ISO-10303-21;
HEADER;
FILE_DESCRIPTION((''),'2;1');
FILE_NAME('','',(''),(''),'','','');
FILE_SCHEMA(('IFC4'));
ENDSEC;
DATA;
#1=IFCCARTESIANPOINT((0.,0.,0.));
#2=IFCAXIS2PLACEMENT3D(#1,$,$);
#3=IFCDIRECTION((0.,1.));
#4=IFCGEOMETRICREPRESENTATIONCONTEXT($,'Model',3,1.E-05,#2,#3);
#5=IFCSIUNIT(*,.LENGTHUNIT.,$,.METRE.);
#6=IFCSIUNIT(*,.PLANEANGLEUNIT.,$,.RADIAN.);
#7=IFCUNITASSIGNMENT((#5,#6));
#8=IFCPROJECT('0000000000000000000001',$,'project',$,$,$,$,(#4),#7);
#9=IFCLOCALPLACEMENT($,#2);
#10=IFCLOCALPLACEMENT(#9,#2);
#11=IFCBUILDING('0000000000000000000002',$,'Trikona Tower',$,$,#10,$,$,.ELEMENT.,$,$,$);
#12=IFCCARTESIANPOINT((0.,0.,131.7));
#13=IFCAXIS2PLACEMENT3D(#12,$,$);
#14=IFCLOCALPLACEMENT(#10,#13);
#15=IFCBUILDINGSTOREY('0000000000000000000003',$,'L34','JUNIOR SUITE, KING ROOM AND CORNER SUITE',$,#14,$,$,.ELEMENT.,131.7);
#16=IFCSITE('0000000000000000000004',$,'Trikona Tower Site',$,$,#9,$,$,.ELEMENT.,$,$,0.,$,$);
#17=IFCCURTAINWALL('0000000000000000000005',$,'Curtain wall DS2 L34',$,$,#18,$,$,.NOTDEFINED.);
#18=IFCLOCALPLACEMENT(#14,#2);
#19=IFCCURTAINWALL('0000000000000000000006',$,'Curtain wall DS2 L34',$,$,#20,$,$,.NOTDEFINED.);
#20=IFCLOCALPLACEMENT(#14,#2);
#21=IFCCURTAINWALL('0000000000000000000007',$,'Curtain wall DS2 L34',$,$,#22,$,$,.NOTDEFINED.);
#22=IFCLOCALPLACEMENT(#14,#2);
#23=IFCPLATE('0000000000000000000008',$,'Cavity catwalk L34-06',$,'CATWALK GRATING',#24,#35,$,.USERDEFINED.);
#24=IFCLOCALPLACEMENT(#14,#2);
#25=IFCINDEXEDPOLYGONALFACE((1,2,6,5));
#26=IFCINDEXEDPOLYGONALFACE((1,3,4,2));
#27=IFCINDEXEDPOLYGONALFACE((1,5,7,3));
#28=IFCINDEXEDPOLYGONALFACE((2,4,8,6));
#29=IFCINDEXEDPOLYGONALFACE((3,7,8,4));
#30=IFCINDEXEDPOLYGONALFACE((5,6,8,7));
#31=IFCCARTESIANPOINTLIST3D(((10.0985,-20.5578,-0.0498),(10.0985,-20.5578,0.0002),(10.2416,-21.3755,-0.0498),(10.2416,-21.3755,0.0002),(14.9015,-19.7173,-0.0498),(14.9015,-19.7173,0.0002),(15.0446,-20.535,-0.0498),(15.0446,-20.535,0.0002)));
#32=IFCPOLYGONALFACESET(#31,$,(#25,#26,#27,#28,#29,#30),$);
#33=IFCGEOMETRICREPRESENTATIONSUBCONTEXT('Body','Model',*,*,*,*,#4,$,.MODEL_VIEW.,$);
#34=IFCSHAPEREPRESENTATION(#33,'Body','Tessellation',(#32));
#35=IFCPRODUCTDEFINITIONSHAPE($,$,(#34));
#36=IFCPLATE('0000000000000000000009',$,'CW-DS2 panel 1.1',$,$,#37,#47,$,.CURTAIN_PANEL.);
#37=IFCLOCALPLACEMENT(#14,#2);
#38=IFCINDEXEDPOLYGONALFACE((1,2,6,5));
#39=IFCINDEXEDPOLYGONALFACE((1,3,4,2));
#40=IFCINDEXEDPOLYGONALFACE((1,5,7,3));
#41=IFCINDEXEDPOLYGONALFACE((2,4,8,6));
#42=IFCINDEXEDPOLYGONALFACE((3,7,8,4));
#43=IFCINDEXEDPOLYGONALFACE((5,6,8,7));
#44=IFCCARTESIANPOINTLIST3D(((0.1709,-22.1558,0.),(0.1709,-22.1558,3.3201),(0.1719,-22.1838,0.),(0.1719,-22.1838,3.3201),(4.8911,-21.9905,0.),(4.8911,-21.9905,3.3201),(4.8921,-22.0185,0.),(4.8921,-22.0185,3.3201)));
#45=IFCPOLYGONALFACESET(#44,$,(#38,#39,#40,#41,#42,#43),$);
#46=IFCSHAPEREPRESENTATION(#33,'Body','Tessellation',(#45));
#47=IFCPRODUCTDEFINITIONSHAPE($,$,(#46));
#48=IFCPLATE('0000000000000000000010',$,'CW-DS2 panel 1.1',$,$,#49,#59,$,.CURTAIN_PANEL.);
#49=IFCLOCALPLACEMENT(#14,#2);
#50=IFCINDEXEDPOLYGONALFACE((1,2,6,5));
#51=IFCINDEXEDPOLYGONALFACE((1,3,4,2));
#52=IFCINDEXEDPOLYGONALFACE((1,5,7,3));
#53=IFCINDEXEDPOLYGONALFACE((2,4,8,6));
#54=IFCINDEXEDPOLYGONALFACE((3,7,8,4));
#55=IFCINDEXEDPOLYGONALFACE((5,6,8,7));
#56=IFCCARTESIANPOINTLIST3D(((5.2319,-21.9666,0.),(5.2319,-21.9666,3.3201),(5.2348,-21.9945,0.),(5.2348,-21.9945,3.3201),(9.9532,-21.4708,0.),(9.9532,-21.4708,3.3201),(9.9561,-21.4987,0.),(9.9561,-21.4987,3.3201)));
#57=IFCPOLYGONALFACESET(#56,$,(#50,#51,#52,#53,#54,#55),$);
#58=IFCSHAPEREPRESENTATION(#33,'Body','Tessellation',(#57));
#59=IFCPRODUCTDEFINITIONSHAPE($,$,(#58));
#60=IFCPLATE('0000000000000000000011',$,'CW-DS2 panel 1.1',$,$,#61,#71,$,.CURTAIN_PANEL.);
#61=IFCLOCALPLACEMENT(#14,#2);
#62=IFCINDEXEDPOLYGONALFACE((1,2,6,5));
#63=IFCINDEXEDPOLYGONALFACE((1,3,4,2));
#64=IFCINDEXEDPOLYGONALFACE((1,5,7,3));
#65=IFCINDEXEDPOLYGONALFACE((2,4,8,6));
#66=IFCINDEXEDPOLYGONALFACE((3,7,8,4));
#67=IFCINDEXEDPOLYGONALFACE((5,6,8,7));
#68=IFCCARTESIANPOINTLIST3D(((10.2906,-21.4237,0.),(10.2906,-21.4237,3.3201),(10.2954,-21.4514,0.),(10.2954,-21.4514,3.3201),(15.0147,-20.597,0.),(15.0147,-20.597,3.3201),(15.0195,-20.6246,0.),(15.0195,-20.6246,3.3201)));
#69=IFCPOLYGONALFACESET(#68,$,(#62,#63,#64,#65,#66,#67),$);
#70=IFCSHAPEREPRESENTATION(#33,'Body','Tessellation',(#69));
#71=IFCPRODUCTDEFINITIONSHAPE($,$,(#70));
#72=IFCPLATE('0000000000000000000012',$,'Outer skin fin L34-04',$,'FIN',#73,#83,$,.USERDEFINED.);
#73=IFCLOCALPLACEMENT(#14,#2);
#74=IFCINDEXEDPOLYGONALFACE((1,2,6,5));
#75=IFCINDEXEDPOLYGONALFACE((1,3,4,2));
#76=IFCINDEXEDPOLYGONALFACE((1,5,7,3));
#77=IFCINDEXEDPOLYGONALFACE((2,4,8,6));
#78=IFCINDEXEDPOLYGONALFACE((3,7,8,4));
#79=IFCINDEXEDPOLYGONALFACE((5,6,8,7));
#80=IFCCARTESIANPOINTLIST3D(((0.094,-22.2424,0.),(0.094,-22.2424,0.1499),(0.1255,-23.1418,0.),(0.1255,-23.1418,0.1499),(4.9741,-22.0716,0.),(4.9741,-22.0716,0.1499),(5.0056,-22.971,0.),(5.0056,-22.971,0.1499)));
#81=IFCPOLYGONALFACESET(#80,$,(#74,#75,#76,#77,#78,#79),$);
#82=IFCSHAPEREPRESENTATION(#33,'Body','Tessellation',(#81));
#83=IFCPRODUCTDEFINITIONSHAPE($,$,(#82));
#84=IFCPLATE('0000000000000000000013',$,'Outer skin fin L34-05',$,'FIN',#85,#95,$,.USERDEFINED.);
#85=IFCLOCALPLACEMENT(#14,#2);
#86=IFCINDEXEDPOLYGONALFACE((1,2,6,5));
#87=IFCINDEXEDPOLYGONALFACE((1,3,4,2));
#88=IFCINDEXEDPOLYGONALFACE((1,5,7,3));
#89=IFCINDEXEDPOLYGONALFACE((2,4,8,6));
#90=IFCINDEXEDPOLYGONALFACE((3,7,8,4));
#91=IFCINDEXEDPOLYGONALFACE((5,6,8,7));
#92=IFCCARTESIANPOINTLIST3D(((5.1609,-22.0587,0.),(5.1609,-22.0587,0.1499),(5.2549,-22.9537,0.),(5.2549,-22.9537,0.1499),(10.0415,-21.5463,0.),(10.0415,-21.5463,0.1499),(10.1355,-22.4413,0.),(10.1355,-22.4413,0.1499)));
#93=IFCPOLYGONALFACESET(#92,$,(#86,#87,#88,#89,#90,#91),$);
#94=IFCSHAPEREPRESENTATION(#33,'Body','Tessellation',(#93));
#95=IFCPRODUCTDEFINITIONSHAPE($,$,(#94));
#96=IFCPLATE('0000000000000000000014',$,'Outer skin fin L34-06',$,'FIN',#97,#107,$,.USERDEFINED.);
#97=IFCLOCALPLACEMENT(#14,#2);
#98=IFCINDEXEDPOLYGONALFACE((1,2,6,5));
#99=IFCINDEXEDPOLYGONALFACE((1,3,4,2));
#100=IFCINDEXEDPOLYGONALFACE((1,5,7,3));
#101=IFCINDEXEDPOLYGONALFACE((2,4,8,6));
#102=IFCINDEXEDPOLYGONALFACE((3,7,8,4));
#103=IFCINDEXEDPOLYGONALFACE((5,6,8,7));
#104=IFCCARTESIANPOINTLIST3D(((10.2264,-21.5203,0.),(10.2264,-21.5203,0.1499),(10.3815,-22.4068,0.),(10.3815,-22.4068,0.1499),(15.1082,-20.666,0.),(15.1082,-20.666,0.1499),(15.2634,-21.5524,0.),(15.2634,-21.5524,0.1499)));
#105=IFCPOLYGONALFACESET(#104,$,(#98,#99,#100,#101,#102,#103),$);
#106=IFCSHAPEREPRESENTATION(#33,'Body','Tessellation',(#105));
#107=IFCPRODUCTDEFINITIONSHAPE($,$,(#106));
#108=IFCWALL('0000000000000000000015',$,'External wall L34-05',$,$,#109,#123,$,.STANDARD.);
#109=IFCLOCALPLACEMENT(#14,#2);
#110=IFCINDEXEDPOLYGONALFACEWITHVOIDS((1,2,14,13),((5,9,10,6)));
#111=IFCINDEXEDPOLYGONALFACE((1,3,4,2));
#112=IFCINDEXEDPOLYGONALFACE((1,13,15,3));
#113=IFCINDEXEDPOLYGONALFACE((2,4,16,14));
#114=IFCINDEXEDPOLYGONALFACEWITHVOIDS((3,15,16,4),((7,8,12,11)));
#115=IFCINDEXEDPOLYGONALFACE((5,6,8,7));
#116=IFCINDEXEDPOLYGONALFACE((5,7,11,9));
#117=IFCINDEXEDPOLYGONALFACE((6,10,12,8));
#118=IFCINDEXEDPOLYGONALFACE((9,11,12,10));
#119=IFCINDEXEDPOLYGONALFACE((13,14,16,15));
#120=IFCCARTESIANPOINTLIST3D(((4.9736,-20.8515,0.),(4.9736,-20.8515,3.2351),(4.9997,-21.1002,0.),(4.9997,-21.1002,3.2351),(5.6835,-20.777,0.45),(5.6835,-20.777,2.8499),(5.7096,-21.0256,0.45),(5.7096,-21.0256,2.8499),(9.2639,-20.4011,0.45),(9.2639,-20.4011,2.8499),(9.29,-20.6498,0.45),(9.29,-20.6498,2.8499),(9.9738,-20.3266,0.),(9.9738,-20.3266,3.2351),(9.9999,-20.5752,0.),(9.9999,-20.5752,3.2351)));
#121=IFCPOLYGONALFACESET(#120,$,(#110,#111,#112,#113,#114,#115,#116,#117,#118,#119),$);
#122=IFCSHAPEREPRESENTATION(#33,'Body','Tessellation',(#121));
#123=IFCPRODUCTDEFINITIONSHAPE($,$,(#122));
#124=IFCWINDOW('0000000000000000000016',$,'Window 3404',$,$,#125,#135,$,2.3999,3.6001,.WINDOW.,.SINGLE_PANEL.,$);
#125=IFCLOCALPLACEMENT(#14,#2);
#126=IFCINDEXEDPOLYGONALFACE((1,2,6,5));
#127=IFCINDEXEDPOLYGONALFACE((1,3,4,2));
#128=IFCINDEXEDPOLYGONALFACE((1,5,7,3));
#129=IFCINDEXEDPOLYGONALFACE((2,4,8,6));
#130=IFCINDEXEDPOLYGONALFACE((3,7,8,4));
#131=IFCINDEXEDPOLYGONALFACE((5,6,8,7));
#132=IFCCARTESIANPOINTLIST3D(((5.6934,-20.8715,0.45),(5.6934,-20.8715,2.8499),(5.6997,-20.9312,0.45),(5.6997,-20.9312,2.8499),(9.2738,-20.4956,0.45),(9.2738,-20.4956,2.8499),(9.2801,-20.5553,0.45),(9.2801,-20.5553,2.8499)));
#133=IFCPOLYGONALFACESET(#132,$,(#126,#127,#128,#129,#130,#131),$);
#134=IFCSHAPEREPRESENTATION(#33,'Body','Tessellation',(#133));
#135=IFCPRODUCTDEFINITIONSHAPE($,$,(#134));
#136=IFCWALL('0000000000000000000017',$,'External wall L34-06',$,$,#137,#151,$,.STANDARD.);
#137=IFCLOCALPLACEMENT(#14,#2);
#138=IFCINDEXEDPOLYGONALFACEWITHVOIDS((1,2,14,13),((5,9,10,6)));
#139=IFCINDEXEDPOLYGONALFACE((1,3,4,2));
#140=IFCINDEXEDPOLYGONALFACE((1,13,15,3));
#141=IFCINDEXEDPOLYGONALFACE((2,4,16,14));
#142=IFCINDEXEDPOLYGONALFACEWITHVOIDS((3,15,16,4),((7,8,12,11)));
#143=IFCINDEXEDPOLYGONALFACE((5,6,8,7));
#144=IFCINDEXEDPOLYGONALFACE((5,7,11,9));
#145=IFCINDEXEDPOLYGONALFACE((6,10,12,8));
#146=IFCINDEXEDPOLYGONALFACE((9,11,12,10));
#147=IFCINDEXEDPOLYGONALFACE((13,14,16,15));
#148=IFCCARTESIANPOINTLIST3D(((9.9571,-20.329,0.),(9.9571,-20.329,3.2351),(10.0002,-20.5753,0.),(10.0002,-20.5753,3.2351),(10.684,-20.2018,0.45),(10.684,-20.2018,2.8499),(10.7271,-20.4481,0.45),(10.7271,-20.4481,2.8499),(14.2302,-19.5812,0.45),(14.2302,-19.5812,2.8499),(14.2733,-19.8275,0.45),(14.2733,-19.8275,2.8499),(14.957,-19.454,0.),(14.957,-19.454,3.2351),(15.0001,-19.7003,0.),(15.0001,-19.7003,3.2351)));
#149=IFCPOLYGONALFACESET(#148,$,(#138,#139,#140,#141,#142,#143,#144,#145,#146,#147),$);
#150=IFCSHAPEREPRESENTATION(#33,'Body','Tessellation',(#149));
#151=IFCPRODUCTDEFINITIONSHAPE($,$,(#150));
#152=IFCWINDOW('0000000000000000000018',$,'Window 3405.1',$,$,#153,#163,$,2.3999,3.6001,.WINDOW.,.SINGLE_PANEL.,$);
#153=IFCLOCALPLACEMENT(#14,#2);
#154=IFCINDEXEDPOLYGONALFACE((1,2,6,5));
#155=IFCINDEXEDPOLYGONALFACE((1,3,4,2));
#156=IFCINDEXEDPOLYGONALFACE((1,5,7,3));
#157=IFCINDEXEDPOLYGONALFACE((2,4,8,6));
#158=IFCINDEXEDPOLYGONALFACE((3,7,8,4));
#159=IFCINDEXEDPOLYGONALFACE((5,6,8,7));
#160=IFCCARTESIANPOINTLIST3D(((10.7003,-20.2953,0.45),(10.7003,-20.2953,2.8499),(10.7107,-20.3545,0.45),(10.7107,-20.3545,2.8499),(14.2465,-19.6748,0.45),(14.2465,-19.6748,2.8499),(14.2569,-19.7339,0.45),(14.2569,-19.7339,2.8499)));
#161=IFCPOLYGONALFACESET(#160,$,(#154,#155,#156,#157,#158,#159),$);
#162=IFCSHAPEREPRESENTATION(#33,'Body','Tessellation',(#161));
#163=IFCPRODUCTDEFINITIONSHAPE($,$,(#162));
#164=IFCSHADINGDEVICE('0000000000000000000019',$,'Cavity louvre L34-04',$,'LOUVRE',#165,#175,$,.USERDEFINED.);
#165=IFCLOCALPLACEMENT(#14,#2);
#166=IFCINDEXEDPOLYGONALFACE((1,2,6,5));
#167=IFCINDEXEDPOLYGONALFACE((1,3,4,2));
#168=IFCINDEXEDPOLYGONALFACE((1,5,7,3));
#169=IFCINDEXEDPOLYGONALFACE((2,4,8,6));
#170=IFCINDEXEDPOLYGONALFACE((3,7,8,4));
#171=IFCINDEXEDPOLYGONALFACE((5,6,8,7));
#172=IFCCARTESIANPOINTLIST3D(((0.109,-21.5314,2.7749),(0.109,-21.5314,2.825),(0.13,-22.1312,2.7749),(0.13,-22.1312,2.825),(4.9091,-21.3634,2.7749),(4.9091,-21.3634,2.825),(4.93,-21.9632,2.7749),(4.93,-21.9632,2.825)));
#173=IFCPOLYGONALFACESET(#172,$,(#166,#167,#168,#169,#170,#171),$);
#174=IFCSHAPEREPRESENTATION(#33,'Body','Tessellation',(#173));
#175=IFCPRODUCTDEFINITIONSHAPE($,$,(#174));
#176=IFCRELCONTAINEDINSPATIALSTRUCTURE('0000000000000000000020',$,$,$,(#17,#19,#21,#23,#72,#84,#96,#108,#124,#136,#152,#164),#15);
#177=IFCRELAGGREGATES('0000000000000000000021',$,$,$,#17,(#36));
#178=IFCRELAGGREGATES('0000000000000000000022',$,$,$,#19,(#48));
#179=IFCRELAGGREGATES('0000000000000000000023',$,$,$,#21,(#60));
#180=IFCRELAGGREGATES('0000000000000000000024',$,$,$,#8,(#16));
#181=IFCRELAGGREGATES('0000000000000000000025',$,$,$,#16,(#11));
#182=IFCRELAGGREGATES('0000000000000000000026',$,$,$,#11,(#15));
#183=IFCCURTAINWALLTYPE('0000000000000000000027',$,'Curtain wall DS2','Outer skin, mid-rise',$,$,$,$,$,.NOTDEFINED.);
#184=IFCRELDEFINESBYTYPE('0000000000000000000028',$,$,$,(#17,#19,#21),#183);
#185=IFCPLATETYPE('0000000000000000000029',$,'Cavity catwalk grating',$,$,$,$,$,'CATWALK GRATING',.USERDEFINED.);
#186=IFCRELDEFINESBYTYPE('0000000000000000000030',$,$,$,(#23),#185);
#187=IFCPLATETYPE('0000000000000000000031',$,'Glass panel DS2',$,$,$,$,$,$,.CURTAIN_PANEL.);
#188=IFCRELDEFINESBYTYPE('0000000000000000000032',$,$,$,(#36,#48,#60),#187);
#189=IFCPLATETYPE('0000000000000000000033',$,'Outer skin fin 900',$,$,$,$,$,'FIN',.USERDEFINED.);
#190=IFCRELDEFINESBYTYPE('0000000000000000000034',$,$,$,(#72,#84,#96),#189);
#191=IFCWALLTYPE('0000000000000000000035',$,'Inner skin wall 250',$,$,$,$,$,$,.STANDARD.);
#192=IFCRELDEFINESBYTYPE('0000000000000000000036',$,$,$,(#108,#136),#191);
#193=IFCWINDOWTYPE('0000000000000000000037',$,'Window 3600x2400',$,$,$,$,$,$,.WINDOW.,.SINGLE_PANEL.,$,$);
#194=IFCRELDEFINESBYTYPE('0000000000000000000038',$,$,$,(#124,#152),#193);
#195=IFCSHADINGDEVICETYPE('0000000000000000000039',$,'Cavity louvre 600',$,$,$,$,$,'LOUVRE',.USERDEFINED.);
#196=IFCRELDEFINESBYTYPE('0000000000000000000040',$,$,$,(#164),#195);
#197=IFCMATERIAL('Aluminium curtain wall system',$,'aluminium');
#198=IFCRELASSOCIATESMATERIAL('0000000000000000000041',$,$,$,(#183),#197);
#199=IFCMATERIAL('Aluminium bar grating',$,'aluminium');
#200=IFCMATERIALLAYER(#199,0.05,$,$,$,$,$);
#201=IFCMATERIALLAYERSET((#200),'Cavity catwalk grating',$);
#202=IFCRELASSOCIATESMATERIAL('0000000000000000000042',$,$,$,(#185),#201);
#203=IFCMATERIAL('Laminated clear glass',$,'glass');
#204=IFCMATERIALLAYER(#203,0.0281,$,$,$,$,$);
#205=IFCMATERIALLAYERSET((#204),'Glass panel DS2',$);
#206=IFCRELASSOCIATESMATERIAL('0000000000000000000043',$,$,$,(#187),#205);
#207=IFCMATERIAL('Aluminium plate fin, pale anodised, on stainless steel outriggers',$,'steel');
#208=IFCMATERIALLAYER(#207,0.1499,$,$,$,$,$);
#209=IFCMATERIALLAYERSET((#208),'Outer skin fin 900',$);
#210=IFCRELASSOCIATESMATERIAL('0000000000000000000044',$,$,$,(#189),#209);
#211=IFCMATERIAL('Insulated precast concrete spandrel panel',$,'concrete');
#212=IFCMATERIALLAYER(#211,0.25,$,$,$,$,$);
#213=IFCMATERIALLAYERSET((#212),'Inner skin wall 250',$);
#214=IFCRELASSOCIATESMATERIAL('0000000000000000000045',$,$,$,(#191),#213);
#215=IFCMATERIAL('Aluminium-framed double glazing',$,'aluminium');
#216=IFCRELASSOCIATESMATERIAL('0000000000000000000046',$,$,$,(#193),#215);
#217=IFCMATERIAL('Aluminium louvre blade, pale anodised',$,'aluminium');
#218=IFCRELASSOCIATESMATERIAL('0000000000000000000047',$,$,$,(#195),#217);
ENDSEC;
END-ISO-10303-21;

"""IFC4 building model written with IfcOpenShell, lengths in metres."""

from ifc_helpers import new_model, si_unit, direction, frame, frame_2d, origin, origin_2d, place, context, subcontext, project, spatial, rectangle, extrude, material, layer, layer_set, type_object, element, fill, aggregate, save


model = new_model("IFC4")

# Units and contexts
model_context = context("Model", 3, precision=1e-05, world=origin(), true_north=direction((0.0, 1.0)))
body_context = subcontext(model_context, "Body", "Model", "MODEL_VIEW")
ifc_project = project(units=[si_unit("LENGTHUNIT", "METRE"), si_unit("PLANEANGLEUNIT", "RADIAN")], contexts=[model_context])

# Site, building, storey
site_placement = place(None, origin())
site = spatial("IfcSite", under=ifc_project, at=site_placement, Name="Trikona Tower Site", CompositionType="ELEMENT", RefElevation=0.0)
building_placement = place(site_placement, origin())
building = spatial("IfcBuilding", under=site, at=building_placement, Name="Trikona Tower", CompositionType="ELEMENT")
storey_placement = place(building_placement, frame((0.0, 0.0, 131.7)))
storey = spatial("IfcBuildingStorey", under=building, at=storey_placement, Name="L34", Description="JUNIOR SUITE, KING ROOM AND CORNER SUITE", CompositionType="ELEMENT", Elevation=131.7)

# Curtain walls
ifc_material_1 = material(Name="Aluminium curtain wall system", Category="aluminium")
curtain_wall_type = type_object("IfcCurtainWallType", Name="Curtain wall DS2", Description="Outer skin, mid-rise", PredefinedType="NOTDEFINED", material=ifc_material_1)
curtain_wall_1_placement = place(storey_placement, origin())
curtain_wall_1 = element("IfcCurtainWall", 1, at=curtain_wall_1_placement, inside=storey, type_object=curtain_wall_type, Name="Curtain wall DS2 L34", PredefinedType="NOTDEFINED")
curtain_wall_2_placement = place(storey_placement, origin())
curtain_wall_2 = element("IfcCurtainWall", 2, at=curtain_wall_2_placement, inside=storey, type_object=curtain_wall_type, Name="Curtain wall DS2 L34", PredefinedType="NOTDEFINED")

# Curtain wall
curtain_wall_3_placement = place(storey_placement, origin())
curtain_wall_3 = element("IfcCurtainWall", 3, at=curtain_wall_3_placement, inside=storey, type_object=curtain_wall_type, Name="Curtain wall DS2 L34", PredefinedType="NOTDEFINED")

# Plate
ifc_material_2 = material(Name="Aluminium bar grating", Category="aluminium")
ifc_layer_1 = layer(ifc_material_2, 0.05)
ifc_layer_set_1 = layer_set([ifc_layer_1], Name="Cavity catwalk grating")
plate_type_1 = type_object("IfcPlateType", Name="Cavity catwalk grating", ElementType="CATWALK GRATING", PredefinedType="USERDEFINED", material=ifc_layer_set_1)
plate_1_placement = place(storey_placement, frame((12.5715, -20.5464, -0.0498), z_axis=(0.0, 0.0, 1.0), x_axis=(0.985031, 0.17238, 0.0)))
element("IfcPlate", 4, at=plate_1_placement, inside=storey, type_object=plate_type_1, Name="Cavity catwalk L34-06", ObjectType="CATWALK GRATING", PredefinedType="USERDEFINED", context=body_context, shape_type="SweptSolid", body=[
    extrude(rectangle(XDim=4.876, YDim=0.8301, at=origin_2d()), origin(), (0.0, 0.0, 1.0), 0.05),
])

# Plates
ifc_material_3 = material(Name="Laminated clear glass", Category="glass")
ifc_layer_2 = layer(ifc_material_3, 0.0281)
ifc_layer_set_2 = layer_set([ifc_layer_2], Name="Glass panel DS2")
plate_type_2 = type_object("IfcPlateType", Name="Glass panel DS2", PredefinedType="CURTAIN_PANEL", material=ifc_layer_set_2)
plate_2_placement = place(storey_placement, frame((2.5315, -22.0872, 0.0), z_axis=(0.0, 0.0, 1.0), x_axis=(0.999387, 0.034998, 0.0)))
plate_2 = element("IfcPlate", 5, at=plate_2_placement, type_object=plate_type_2, Name="CW-DS2 panel 1.1", PredefinedType="CURTAIN_PANEL", context=body_context, shape_type="SweptSolid", body=[
    extrude(rectangle(XDim=4.7231, YDim=0.0281, at=origin_2d()), origin(), (0.0, 0.0, 1.0), 3.3201),
])
aggregate(curtain_wall_1, [plate_2])
plate_3_placement = place(storey_placement, frame((7.594, -21.7327, 0.0), z_axis=(0.0, 0.0, 1.0), x_axis=(0.994532, 0.104433, 0.0)))
plate_3 = element("IfcPlate", 6, at=plate_3_placement, type_object=plate_type_2, Name="CW-DS2 panel 1.1", PredefinedType="CURTAIN_PANEL", context=body_context, shape_type="SweptSolid", body=[
    extrude(rectangle(XDim=4.7473, YDim=0.0281, at=origin_2d()), origin(), (0.0, 0.0, 1.0), 3.3201),
])
aggregate(curtain_wall_2, [plate_3])
plate_4_placement = place(storey_placement, frame((12.655, -21.0242, 0.0), z_axis=(0.0, 0.0, 1.0), x_axis=(0.985031, 0.172377, 0.0)))
plate_4 = element("IfcPlate", 7, at=plate_4_placement, type_object=plate_type_2, Name="CW-DS2 panel 1.1", PredefinedType="CURTAIN_PANEL", context=body_context, shape_type="SweptSolid", body=[
    extrude(rectangle(XDim=4.7959, YDim=0.0281, at=origin_2d()), origin(), (0.0, 0.0, 1.0), 3.3201),
])
aggregate(curtain_wall_3, [plate_4])

# Plates
ifc_material_4 = material(Name="Aluminium plate fin, pale anodised, on stainless steel outriggers", Category="steel")
ifc_layer_3 = layer(ifc_material_4, 0.1499)
ifc_layer_set_3 = layer_set([ifc_layer_3], Name="Outer skin fin 900")
plate_type_3 = type_object("IfcPlateType", Name="Outer skin fin 900", ElementType="FIN", PredefinedType="USERDEFINED", material=ifc_layer_set_3)
plate_5_placement = place(storey_placement, frame((2.5498, -22.6067, 0.0), z_axis=(0.0, 0.0, 1.0), x_axis=(0.999388, 0.034978, 0.0)))
element("IfcPlate", 8, at=plate_5_placement, inside=storey, type_object=plate_type_3, Name="Outer skin fin L34-04", ObjectType="FIN", PredefinedType="USERDEFINED", context=body_context, shape_type="SweptSolid", body=[
    extrude(rectangle(XDim=4.8831, YDim=0.8999, at=origin_2d()), origin(), (0.0, 0.0, 1.0), 0.1499),
])
plate_6_placement = place(storey_placement, frame((7.6482, -22.25, 0.0), z_axis=(0.0, 0.0, 1.0), x_axis=(0.994533, 0.104426, 0.0)))
element("IfcPlate", 9, at=plate_6_placement, inside=storey, type_object=plate_type_3, Name="Outer skin fin L34-05", ObjectType="FIN", PredefinedType="USERDEFINED", context=body_context, shape_type="SweptSolid", body=[
    extrude(rectangle(XDim=4.9075, YDim=0.8999, at=origin_2d()), origin(), (0.0, 0.0, 1.0), 0.1499),
])
plate_7_placement = place(storey_placement, frame((12.7449, -21.5364, 0.0), z_axis=(0.0, 0.0, 1.0), x_axis=(0.985031, 0.17238, 0.0)))
element("IfcPlate", 10, at=plate_7_placement, inside=storey, type_object=plate_type_3, Name="Outer skin fin L34-06", ObjectType="FIN", PredefinedType="USERDEFINED", context=body_context, shape_type="SweptSolid", body=[
    extrude(rectangle(XDim=4.9561, YDim=0.8999, at=origin_2d()), origin(), (0.0, 0.0, 1.0), 0.1499),
])

# Walls, openings, windows
ifc_material_5 = material(Name="Insulated precast concrete spandrel panel", Category="concrete")
ifc_layer_4 = layer(ifc_material_5, 0.25)
ifc_layer_set_4 = layer_set([ifc_layer_4], Name="Inner skin wall 250")
wall_type = type_object("IfcWallType", Name="Inner skin wall 250", PredefinedType="STANDARD", material=ifc_layer_set_4)
wall_1_placement = place(storey_placement, frame((4.9868, -20.9758, 0.0), z_axis=(0.0, 0.0, 1.0), x_axis=(0.994535, 0.104407, 0.0)))
wall_1 = element("IfcWall", 11, at=wall_1_placement, inside=storey, type_object=wall_type, Name="External wall L34-05", PredefinedType="STANDARD", context=body_context, shape_type="SweptSolid", body=[
    extrude(rectangle(XDim=5.0276, YDim=0.25, at=frame_2d((2.5137, 0.0))), origin(), (0.0, 0.0, 1.0), 3.2351),
])
opening_1_placement = place(wall_1_placement, frame((0.7136, 0.0, 0.45)))
opening_1 = element("IfcOpeningElement", 12, at=opening_1_placement, cuts=wall_1, PredefinedType="OPENING", context=body_context, shape_type="SweptSolid", body=[
    extrude(rectangle(XDim=3.6001, YDim=2.3999, at=frame_2d((1.8, 1.2))), frame((0.0, 0.135, 0.0), z_axis=(0.0, -1.0, 0.0), x_axis=(1.0, 0.0, 0.0)), (0.0, 0.0, 1.0), 0.27),
])
ifc_material_6 = material(Name="Aluminium-framed double glazing", Category="aluminium")
window_type = type_object("IfcWindowType", Name="Window 3600x2400", PartitioningType="SINGLE_PANEL", PredefinedType="WINDOW", material=ifc_material_6)
window_1_placement = place(opening_1_placement, origin())
window_1 = element("IfcWindow", 13, at=window_1_placement, inside=storey, type_object=window_type, Name="Window 3404", OverallHeight=2.3999, OverallWidth=3.6001, PartitioningType="SINGLE_PANEL", PredefinedType="WINDOW", context=body_context, shape_type="SweptSolid", body=[
    extrude(rectangle(XDim=3.6001, YDim=2.3999, at=frame_2d((1.8, 1.2))), frame((0.0, 0.03, 0.0), z_axis=(0.0, -1.0, 0.0), x_axis=(1.0, 0.0, 0.0)), (0.0, 0.0, 1.0), 0.0601),
])
fill(opening_1, window_1)
wall_2_placement = place(storey_placement, frame((9.9785, -20.4521, 0.0), z_axis=(0.0, 0.0, 1.0), x_axis=(0.98503, 0.17238, 0.0)))
wall_2 = element("IfcWall", 14, at=wall_2_placement, inside=storey, type_object=wall_type, Name="External wall L34-06", PredefinedType="STANDARD", context=body_context, shape_type="SweptSolid", body=[
    extrude(rectangle(XDim=5.0759, YDim=0.25, at=frame_2d((2.5381, 0.0))), origin(), (0.0, 0.0, 1.0), 3.2351),
])
opening_2_placement = place(wall_2_placement, frame((0.738, 0.0, 0.45)))
opening_2 = element("IfcOpeningElement", 15, at=opening_2_placement, cuts=wall_2, PredefinedType="OPENING", context=body_context, shape_type="SweptSolid", body=[
    extrude(rectangle(XDim=3.6001, YDim=2.3999, at=frame_2d((1.8, 1.2))), frame((0.0, 0.135, 0.0), z_axis=(0.0, -1.0, 0.0), x_axis=(1.0, 0.0, 0.0)), (0.0, 0.0, 1.0), 0.27),
])
window_2_placement = place(opening_2_placement, origin())
window_2 = element("IfcWindow", 16, at=window_2_placement, inside=storey, type_object=window_type, Name="Window 3405.1", OverallHeight=2.3999, OverallWidth=3.6001, PartitioningType="SINGLE_PANEL", PredefinedType="WINDOW", context=body_context, shape_type="SweptSolid", body=[
    extrude(rectangle(XDim=3.6001, YDim=2.3999, at=frame_2d((1.8, 1.2))), frame((0.0, 0.03, 0.0), z_axis=(0.0, -1.0, 0.0), x_axis=(1.0, 0.0, 0.0)), (0.0, 0.0, 1.0), 0.0601),
])
fill(opening_2, window_2)

# Shading device
ifc_material_7 = material(Name="Aluminium louvre blade, pale anodised", Category="aluminium")
shading_device_type = type_object("IfcShadingDeviceType", Name="Cavity louvre 600", ElementType="LOUVRE", PredefinedType="USERDEFINED", material=ifc_material_7)
shading_device_1_placement = place(storey_placement, frame((2.5195, -21.7473, 2.7749), z_axis=(0.0, 0.0, 1.0), x_axis=(0.999388, 0.034978, 0.0)))
element("IfcShadingDevice", 17, at=shading_device_1_placement, inside=storey, type_object=shading_device_type, Name="Cavity louvre L34-04", ObjectType="LOUVRE", PredefinedType="USERDEFINED", context=body_context, shape_type="SweptSolid", body=[
    extrude(rectangle(XDim=4.803, YDim=0.6001, at=origin_2d()), origin(), (0.0, 0.0, 1.0), 0.05),
])

save(model, "model.ifc")
